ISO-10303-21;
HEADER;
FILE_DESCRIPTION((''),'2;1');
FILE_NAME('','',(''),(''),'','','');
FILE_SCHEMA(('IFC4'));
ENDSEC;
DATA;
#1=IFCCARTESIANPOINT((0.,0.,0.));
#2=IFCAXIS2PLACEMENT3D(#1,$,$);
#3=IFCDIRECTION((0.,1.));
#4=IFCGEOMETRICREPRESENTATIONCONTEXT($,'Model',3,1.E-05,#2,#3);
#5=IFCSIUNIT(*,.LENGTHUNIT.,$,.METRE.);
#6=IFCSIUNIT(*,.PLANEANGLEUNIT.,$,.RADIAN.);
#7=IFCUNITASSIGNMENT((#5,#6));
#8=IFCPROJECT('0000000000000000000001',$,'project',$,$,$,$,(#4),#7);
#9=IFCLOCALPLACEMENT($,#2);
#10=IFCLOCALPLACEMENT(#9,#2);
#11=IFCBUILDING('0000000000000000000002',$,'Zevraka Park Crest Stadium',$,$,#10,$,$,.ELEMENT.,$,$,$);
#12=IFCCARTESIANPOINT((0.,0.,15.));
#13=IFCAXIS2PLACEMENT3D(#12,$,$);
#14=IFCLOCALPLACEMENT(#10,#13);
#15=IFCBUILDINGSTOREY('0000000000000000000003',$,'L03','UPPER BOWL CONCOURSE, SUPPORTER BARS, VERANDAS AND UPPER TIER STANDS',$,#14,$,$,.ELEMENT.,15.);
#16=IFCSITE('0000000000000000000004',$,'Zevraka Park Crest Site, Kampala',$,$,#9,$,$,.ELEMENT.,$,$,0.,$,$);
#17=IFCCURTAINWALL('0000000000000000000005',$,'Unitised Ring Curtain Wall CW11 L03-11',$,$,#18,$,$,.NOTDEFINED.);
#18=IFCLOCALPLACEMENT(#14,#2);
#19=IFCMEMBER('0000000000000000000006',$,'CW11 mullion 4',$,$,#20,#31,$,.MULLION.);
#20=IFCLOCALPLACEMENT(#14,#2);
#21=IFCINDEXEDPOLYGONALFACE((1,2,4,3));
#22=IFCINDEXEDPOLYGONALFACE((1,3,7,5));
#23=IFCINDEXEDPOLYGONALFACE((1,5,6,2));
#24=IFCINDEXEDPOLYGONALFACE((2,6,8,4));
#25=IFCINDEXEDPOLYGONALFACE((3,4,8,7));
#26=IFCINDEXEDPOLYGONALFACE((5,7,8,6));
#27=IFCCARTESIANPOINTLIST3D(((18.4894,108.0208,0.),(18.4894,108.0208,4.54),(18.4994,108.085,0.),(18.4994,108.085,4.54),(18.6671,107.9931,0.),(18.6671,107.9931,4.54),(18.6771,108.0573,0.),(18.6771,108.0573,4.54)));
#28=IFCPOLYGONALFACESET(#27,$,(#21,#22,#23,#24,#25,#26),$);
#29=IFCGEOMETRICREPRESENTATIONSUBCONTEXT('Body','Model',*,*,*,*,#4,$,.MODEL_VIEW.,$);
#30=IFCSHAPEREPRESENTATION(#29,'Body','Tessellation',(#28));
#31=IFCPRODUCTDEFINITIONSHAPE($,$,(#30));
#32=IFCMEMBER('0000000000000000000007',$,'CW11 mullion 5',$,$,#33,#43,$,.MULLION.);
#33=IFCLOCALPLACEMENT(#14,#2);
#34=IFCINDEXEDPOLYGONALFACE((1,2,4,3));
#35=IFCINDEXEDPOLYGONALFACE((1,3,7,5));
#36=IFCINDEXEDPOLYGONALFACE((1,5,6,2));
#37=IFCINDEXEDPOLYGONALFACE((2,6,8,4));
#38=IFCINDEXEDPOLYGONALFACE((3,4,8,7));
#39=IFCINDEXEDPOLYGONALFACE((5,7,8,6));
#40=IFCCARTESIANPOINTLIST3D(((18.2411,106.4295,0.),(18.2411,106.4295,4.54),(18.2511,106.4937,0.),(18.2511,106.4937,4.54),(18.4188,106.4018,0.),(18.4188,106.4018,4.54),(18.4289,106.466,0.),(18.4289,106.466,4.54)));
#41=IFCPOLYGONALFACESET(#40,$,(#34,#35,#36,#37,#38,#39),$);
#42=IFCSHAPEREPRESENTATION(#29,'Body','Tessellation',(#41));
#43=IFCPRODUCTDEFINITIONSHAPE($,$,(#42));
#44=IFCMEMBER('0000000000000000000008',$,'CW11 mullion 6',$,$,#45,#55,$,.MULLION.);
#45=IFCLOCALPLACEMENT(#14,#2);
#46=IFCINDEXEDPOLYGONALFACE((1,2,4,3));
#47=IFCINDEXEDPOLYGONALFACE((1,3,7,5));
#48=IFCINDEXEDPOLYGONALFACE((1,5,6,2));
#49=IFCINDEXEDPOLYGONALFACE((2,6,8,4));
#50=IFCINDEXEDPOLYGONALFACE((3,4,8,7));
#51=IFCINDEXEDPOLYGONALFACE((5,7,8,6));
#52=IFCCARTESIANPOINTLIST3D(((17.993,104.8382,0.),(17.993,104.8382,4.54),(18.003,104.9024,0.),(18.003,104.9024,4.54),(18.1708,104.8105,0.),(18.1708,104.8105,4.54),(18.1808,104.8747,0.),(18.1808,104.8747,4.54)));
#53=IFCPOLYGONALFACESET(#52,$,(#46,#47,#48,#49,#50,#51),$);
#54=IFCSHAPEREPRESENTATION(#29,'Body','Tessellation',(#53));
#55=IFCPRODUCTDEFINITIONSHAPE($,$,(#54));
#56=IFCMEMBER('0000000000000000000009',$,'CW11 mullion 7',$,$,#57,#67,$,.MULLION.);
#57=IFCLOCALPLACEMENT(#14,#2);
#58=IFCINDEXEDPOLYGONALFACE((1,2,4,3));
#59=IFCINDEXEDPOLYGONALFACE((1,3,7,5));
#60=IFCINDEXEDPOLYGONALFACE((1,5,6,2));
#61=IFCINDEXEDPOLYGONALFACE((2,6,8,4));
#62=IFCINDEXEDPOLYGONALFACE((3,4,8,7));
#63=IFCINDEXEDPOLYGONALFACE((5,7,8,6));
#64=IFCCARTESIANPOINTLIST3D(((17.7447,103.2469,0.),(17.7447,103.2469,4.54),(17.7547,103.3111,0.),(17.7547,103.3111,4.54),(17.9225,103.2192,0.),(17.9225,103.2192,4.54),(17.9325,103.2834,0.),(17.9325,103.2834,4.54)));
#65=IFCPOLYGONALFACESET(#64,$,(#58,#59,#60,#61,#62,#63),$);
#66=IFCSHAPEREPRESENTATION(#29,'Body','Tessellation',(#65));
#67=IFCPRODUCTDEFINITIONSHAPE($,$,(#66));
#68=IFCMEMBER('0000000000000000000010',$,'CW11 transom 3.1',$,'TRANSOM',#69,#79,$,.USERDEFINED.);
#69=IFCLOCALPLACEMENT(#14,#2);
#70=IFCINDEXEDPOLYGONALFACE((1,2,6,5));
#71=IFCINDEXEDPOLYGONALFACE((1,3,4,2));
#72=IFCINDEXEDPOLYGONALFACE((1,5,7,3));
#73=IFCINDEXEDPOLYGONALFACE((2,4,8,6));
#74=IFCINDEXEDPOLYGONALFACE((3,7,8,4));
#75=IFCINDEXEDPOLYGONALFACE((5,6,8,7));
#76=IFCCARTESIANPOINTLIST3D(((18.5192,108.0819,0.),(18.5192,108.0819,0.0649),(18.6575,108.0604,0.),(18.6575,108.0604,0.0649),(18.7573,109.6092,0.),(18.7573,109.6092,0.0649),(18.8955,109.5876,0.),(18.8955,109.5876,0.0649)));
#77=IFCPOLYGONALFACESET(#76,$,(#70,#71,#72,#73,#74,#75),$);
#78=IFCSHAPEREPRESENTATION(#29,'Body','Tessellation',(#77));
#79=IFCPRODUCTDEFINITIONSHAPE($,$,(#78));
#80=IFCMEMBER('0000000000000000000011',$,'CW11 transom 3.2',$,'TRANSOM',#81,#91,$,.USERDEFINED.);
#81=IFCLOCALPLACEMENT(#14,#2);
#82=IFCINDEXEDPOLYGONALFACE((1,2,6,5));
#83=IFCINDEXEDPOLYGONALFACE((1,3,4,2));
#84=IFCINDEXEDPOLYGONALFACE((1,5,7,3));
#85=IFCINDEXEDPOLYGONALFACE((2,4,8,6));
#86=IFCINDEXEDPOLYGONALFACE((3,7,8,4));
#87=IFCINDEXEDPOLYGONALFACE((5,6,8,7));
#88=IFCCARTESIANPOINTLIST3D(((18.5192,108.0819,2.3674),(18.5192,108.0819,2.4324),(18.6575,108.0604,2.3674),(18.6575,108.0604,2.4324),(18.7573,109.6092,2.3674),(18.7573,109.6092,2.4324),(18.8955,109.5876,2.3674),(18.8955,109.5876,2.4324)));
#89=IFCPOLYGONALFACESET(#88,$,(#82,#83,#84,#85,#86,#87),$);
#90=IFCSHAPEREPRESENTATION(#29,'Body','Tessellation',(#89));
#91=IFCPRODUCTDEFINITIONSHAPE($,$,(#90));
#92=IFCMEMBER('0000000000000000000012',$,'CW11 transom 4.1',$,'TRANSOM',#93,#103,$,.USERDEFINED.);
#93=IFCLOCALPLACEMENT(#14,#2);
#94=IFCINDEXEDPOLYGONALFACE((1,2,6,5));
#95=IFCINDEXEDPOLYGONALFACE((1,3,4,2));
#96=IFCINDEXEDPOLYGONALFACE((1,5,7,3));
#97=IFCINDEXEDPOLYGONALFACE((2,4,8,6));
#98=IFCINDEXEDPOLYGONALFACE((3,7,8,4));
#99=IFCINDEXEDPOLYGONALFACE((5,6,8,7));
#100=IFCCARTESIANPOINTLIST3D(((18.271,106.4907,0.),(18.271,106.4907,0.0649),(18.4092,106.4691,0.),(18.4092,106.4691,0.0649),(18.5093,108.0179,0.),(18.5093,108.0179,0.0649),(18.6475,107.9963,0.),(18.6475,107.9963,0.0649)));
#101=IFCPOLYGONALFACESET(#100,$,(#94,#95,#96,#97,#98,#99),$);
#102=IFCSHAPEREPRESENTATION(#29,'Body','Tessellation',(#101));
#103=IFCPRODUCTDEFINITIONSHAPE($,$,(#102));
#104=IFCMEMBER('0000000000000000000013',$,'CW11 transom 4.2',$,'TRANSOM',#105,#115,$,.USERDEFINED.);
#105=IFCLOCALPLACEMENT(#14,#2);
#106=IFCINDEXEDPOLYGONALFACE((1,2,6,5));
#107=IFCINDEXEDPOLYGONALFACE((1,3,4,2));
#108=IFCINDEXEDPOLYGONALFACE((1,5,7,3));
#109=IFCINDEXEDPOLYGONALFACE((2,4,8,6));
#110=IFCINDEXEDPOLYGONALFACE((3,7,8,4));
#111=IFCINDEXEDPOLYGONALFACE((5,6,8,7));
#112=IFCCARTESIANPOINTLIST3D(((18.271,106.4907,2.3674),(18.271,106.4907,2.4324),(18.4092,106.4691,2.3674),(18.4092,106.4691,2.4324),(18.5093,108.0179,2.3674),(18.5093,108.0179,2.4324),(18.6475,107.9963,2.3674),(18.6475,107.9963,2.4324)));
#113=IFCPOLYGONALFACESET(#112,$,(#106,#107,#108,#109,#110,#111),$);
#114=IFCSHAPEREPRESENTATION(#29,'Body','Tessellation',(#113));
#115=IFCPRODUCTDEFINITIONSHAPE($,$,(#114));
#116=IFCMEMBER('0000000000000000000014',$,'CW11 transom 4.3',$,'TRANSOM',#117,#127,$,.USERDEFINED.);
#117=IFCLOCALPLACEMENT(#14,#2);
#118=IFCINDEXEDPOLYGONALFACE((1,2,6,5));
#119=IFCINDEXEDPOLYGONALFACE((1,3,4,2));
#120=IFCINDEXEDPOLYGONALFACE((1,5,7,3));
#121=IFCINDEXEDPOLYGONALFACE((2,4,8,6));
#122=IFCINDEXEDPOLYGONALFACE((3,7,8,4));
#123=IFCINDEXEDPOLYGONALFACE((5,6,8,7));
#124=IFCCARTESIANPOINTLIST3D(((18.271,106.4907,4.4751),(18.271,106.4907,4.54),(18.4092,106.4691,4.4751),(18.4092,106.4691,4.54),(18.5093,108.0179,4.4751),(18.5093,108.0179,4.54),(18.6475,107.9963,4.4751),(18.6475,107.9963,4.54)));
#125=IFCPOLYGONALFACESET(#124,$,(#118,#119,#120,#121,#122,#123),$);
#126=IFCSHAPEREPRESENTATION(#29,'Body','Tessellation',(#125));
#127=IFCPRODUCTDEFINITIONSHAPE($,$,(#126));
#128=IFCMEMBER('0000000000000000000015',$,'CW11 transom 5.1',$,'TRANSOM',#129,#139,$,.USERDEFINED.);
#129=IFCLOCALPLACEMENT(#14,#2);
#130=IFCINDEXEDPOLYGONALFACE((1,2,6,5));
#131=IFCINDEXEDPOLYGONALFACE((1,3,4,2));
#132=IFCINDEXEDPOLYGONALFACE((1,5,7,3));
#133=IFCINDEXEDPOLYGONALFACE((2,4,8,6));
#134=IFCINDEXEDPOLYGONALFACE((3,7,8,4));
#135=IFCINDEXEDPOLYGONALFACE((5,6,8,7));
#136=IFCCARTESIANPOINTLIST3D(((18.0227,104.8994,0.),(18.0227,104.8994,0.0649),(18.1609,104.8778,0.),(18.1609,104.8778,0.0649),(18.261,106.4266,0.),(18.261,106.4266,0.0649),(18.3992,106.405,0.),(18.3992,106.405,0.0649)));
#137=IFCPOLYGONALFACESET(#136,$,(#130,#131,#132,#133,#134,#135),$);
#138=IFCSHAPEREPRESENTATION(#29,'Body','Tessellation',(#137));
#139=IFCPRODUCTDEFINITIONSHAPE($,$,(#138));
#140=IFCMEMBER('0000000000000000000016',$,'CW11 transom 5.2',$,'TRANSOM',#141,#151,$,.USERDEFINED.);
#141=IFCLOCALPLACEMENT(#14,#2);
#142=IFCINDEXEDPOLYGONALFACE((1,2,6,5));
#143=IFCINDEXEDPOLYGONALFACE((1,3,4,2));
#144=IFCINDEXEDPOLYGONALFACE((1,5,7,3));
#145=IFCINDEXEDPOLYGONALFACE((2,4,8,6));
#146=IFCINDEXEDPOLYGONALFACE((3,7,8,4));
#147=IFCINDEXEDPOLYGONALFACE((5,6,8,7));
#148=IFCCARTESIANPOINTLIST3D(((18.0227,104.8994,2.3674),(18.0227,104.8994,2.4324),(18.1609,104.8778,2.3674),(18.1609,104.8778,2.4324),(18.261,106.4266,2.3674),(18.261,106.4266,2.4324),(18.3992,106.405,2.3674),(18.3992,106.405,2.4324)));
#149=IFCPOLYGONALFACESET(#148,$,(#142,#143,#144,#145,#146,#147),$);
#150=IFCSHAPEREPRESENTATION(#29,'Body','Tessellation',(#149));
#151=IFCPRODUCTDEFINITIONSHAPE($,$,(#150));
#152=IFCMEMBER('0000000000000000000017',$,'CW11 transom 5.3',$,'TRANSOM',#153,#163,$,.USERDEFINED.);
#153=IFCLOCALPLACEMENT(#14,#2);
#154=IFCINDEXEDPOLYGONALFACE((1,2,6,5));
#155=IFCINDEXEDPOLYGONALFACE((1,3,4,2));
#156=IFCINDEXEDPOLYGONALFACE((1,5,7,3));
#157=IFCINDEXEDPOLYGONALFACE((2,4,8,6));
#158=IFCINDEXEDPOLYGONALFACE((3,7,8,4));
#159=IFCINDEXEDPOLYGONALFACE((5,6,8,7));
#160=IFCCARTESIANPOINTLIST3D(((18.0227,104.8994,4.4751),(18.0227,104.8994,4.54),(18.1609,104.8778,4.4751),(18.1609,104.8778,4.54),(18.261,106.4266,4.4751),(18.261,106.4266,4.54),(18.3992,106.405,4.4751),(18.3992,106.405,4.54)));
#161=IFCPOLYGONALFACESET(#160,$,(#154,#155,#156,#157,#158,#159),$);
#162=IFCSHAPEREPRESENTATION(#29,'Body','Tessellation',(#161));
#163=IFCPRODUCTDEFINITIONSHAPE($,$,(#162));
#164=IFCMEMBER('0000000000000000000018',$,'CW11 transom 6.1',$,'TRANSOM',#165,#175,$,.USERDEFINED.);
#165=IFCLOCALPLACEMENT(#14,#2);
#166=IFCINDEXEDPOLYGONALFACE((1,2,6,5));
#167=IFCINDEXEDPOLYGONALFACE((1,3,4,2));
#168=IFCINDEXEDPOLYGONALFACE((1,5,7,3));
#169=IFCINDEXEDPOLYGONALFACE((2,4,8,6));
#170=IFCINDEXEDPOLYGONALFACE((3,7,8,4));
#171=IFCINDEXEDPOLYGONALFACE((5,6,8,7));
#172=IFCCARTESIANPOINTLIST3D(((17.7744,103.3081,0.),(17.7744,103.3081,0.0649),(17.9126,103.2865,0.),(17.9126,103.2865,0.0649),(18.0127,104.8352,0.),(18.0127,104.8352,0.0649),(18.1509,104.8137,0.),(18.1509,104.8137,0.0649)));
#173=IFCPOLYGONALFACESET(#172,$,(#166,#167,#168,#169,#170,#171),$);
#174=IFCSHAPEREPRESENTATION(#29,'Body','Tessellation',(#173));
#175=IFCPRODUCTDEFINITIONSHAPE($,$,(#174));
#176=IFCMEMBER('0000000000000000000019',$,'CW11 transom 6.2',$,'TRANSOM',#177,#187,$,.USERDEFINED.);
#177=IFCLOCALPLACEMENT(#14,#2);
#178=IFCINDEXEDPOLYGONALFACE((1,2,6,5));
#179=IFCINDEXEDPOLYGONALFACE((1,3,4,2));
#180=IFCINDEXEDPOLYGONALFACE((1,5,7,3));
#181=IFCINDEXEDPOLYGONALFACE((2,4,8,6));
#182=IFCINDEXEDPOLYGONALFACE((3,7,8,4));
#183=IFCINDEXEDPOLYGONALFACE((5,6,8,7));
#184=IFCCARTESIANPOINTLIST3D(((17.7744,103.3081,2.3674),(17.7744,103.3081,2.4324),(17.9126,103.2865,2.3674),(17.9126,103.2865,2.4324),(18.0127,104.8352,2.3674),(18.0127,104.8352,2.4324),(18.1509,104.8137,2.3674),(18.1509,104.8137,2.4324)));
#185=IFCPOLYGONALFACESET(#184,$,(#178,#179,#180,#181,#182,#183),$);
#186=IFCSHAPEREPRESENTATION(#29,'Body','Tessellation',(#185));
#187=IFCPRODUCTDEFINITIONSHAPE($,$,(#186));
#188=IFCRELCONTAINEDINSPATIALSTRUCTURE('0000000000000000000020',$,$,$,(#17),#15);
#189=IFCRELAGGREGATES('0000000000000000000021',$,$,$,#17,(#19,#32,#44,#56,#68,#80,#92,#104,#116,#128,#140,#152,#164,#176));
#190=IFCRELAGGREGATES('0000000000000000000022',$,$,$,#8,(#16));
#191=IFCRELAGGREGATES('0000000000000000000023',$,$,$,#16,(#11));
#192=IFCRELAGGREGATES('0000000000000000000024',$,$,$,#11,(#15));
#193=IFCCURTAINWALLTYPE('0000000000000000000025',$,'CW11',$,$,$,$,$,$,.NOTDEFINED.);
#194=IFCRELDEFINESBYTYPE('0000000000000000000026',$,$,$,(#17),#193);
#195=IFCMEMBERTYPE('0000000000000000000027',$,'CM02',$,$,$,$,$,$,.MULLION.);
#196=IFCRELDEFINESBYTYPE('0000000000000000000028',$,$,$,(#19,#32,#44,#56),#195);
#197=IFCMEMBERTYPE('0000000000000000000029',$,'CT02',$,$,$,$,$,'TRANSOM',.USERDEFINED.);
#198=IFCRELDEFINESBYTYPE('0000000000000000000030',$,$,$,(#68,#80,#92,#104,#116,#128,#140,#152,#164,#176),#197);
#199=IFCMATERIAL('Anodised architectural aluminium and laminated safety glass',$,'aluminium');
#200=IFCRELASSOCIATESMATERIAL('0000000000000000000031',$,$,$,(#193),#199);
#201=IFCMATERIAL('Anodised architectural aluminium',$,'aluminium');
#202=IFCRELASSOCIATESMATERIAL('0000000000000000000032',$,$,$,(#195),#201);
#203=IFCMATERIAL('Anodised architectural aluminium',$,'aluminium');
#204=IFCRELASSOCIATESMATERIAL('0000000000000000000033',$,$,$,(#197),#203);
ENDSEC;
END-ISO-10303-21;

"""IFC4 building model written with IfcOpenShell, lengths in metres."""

from ifc_helpers import new_model, si_unit, direction, frame, origin, origin_2d, place, context, subcontext, project, spatial, rectangle, extrude, material, material_profile, profile_set, type_object, element, aggregate, save


model = new_model("IFC4")

# Units and contexts
model_context = context("Model", 3, precision=1e-05, world=origin(), true_north=direction((0.0, 1.0)))
body_context = subcontext(model_context, "Body", "Model", "MODEL_VIEW")
ifc_project = project(units=[si_unit("LENGTHUNIT", "METRE"), si_unit("PLANEANGLEUNIT", "RADIAN")], contexts=[model_context])

# Site, building, storey
site_placement = place(None, origin())
site = spatial("IfcSite", under=ifc_project, at=site_placement, Name="Zevraka Park Crest Site, Kampala", CompositionType="ELEMENT", RefElevation=0.0)
building_placement = place(site_placement, origin())
building = spatial("IfcBuilding", under=site, at=building_placement, Name="Zevraka Park Crest Stadium", CompositionType="ELEMENT")
storey_placement = place(building_placement, frame((0.0, 0.0, 15.0)))
storey = spatial("IfcBuildingStorey", under=building, at=storey_placement, Name="L03", Description="UPPER BOWL CONCOURSE, SUPPORTER BARS, VERANDAS AND UPPER TIER STANDS", CompositionType="ELEMENT", Elevation=15.0)

# Curtain wall, members
ifc_material_1 = material(Name="Anodised architectural aluminium and laminated safety glass", Category="aluminium")
curtain_wall_type = type_object("IfcCurtainWallType", Name="CW11", PredefinedType="NOTDEFINED", material=ifc_material_1)
curtain_wall_placement = place(storey_placement, origin())
curtain_wall = element("IfcCurtainWall", 1, at=curtain_wall_placement, inside=storey, type_object=curtain_wall_type, Name="Unitised Ring Curtain Wall CW11 L03-11", PredefinedType="NOTDEFINED")
ifc_material_2 = material(Name="Anodised architectural aluminium", Category="aluminium")
ifc_material_profile_1 = material_profile(ifc_material_2, rectangle(XDim=0.1799, YDim=0.0649, at=origin_2d()), Name="ALU MULLION 180x65")
ifc_profile_set_1 = profile_set([ifc_material_profile_1], Name="Anodised architectural aluminium")
member_type_1 = type_object("IfcMemberType", Name="CM02", PredefinedType="MULLION", material=ifc_profile_set_1)
member_1_placement = place(storey_placement, frame((18.5833, 108.0391, 0.0), z_axis=(0.0, 0.0, 1.0), x_axis=(0.988051, -0.154128, 0.0)))
member_1 = element("IfcMember", 2, at=member_1_placement, type_object=member_type_1, Name="CW11 mullion 4", PredefinedType="MULLION", context=body_context, shape_type="SweptSolid", body=[
    extrude(rectangle(XDim=0.1799, YDim=0.0649, at=origin_2d()), origin(), (0.0, 0.0, 1.0), 4.54),
])
member_2_placement = place(storey_placement, frame((18.335, 106.4478, 0.0), z_axis=(0.0, 0.0, 1.0), x_axis=(0.988051, -0.154128, 0.0)))
member_2 = element("IfcMember", 3, at=member_2_placement, type_object=member_type_1, Name="CW11 mullion 5", PredefinedType="MULLION", context=body_context, shape_type="SweptSolid", body=[
    extrude(rectangle(XDim=0.1799, YDim=0.0649, at=origin_2d()), origin(), (0.0, 0.0, 1.0), 4.54),
])
member_3_placement = place(storey_placement, frame((18.0869, 104.8564, 0.0), z_axis=(0.0, 0.0, 1.0), x_axis=(0.988051, -0.154128, 0.0)))
member_3 = element("IfcMember", 4, at=member_3_placement, type_object=member_type_1, Name="CW11 mullion 6", PredefinedType="MULLION", context=body_context, shape_type="SweptSolid", body=[
    extrude(rectangle(XDim=0.1799, YDim=0.0649, at=origin_2d()), origin(), (0.0, 0.0, 1.0), 4.54),
])
member_4_placement = place(storey_placement, frame((17.8386, 103.2651, 0.0), z_axis=(0.0, 0.0, 1.0), x_axis=(0.988051, -0.154128, 0.0)))
member_4 = element("IfcMember", 5, at=member_4_placement, type_object=member_type_1, Name="CW11 mullion 7", PredefinedType="MULLION", context=body_context, shape_type="SweptSolid", body=[
    extrude(rectangle(XDim=0.1799, YDim=0.0649, at=origin_2d()), origin(), (0.0, 0.0, 1.0), 4.54),
])
ifc_material_3 = material(Name="Anodised architectural aluminium", Category="aluminium")
ifc_material_profile_2 = material_profile(ifc_material_3, rectangle(XDim=0.1399, YDim=0.0649, at=origin_2d()), Name="ALU TRANSOM 140x65")
ifc_profile_set_2 = profile_set([ifc_material_profile_2], Name="Anodised architectural aluminium")
member_type_2 = type_object("IfcMemberType", Name="CT02", ElementType="TRANSOM", PredefinedType="USERDEFINED", material=ifc_profile_set_2)
member_5_placement = place(storey_placement, frame((18.8264, 109.5984, 0.0325), z_axis=(-0.154015, -0.988068, 0.0), x_axis=(0.988068, -0.154015, 0.0)))
member_5 = element("IfcMember", 6, at=member_5_placement, type_object=member_type_2, Name="CW11 transom 3.1", ObjectType="TRANSOM", PredefinedType="USERDEFINED", context=body_context, shape_type="SweptSolid", body=[
    extrude(rectangle(XDim=0.1399, YDim=0.0649, at=origin_2d()), origin(), (0.0, 0.0, 1.0), 1.5457),
])
member_6_placement = place(storey_placement, frame((18.8264, 109.5984, 2.3999), z_axis=(-0.154015, -0.988068, 0.0), x_axis=(0.988068, -0.154015, 0.0)))
member_6 = element("IfcMember", 7, at=member_6_placement, type_object=member_type_2, Name="CW11 transom 3.2", ObjectType="TRANSOM", PredefinedType="USERDEFINED", context=body_context, shape_type="SweptSolid", body=[
    extrude(rectangle(XDim=0.1399, YDim=0.0649, at=origin_2d()), origin(), (0.0, 0.0, 1.0), 1.5457),
])
member_7_placement = place(storey_placement, frame((18.5784, 108.0071, 0.0325), z_axis=(-0.15417, -0.988044, 0.0), x_axis=(0.988044, -0.15417, 0.0)))
member_7 = element("IfcMember", 8, at=member_7_placement, type_object=member_type_2, Name="CW11 transom 4.1", ObjectType="TRANSOM", PredefinedType="USERDEFINED", context=body_context, shape_type="SweptSolid", body=[
    extrude(rectangle(XDim=0.1399, YDim=0.0649, at=origin_2d()), origin(), (0.0, 0.0, 1.0), 1.5457),
])
member_8_placement = place(storey_placement, frame((18.5784, 108.0071, 2.3999), z_axis=(-0.15417, -0.988044, 0.0), x_axis=(0.988044, -0.15417, 0.0)))
member_8 = element("IfcMember", 9, at=member_8_placement, type_object=member_type_2, Name="CW11 transom 4.2", ObjectType="TRANSOM", PredefinedType="USERDEFINED", context=body_context, shape_type="SweptSolid", body=[
    extrude(rectangle(XDim=0.1399, YDim=0.0649, at=origin_2d()), origin(), (0.0, 0.0, 1.0), 1.5457),
])
member_9_placement = place(storey_placement, frame((18.5784, 108.0071, 4.5076), z_axis=(-0.15417, -0.988044, 0.0), x_axis=(0.988044, -0.15417, 0.0)))
member_9 = element("IfcMember", 10, at=member_9_placement, type_object=member_type_2, Name="CW11 transom 4.3", ObjectType="TRANSOM", PredefinedType="USERDEFINED", context=body_context, shape_type="SweptSolid", body=[
    extrude(rectangle(XDim=0.1399, YDim=0.0649, at=origin_2d()), origin(), (0.0, 0.0, 1.0), 1.5457),
])
member_10_placement = place(storey_placement, frame((18.3301, 106.4158, 0.0325), z_axis=(-0.15417, -0.988044, 0.0), x_axis=(0.988044, -0.15417, 0.0)))
member_10 = element("IfcMember", 11, at=member_10_placement, type_object=member_type_2, Name="CW11 transom 5.1", ObjectType="TRANSOM", PredefinedType="USERDEFINED", context=body_context, shape_type="SweptSolid", body=[
    extrude(rectangle(XDim=0.1399, YDim=0.0649, at=origin_2d()), origin(), (0.0, 0.0, 1.0), 1.5457),
])
member_11_placement = place(storey_placement, frame((18.3301, 106.4158, 2.3999), z_axis=(-0.15417, -0.988044, 0.0), x_axis=(0.988044, -0.15417, 0.0)))
member_11 = element("IfcMember", 12, at=member_11_placement, type_object=member_type_2, Name="CW11 transom 5.2", ObjectType="TRANSOM", PredefinedType="USERDEFINED", context=body_context, shape_type="SweptSolid", body=[
    extrude(rectangle(XDim=0.1399, YDim=0.0649, at=origin_2d()), origin(), (0.0, 0.0, 1.0), 1.5457),
])
member_12_placement = place(storey_placement, frame((18.3301, 106.4158, 4.5076), z_axis=(-0.15417, -0.988044, 0.0), x_axis=(0.988044, -0.15417, 0.0)))
member_12 = element("IfcMember", 13, at=member_12_placement, type_object=member_type_2, Name="CW11 transom 5.3", ObjectType="TRANSOM", PredefinedType="USERDEFINED", context=body_context, shape_type="SweptSolid", body=[
    extrude(rectangle(XDim=0.1399, YDim=0.0649, at=origin_2d()), origin(), (0.0, 0.0, 1.0), 1.5457),
])
member_13_placement = place(storey_placement, frame((18.0818, 104.8245, 0.0325), z_axis=(-0.15417, -0.988044, 0.0), x_axis=(0.988044, -0.15417, 0.0)))
member_13 = element("IfcMember", 14, at=member_13_placement, type_object=member_type_2, Name="CW11 transom 6.1", ObjectType="TRANSOM", PredefinedType="USERDEFINED", context=body_context, shape_type="SweptSolid", body=[
    extrude(rectangle(XDim=0.1399, YDim=0.0649, at=origin_2d()), origin(), (0.0, 0.0, 1.0), 1.5457),
])
member_14_placement = place(storey_placement, frame((18.0818, 104.8245, 2.3999), z_axis=(-0.15417, -0.988044, 0.0), x_axis=(0.988044, -0.15417, 0.0)))
member_14 = element("IfcMember", 15, at=member_14_placement, type_object=member_type_2, Name="CW11 transom 6.2", ObjectType="TRANSOM", PredefinedType="USERDEFINED", context=body_context, shape_type="SweptSolid", body=[
    extrude(rectangle(XDim=0.1399, YDim=0.0649, at=origin_2d()), origin(), (0.0, 0.0, 1.0), 1.5457),
])
aggregate(curtain_wall, [member_1, member_2, member_3, member_4, member_5, member_6, member_7, member_8, member_9, member_10, member_11, member_12, member_13, member_14])

save(model, "model.ifc")
